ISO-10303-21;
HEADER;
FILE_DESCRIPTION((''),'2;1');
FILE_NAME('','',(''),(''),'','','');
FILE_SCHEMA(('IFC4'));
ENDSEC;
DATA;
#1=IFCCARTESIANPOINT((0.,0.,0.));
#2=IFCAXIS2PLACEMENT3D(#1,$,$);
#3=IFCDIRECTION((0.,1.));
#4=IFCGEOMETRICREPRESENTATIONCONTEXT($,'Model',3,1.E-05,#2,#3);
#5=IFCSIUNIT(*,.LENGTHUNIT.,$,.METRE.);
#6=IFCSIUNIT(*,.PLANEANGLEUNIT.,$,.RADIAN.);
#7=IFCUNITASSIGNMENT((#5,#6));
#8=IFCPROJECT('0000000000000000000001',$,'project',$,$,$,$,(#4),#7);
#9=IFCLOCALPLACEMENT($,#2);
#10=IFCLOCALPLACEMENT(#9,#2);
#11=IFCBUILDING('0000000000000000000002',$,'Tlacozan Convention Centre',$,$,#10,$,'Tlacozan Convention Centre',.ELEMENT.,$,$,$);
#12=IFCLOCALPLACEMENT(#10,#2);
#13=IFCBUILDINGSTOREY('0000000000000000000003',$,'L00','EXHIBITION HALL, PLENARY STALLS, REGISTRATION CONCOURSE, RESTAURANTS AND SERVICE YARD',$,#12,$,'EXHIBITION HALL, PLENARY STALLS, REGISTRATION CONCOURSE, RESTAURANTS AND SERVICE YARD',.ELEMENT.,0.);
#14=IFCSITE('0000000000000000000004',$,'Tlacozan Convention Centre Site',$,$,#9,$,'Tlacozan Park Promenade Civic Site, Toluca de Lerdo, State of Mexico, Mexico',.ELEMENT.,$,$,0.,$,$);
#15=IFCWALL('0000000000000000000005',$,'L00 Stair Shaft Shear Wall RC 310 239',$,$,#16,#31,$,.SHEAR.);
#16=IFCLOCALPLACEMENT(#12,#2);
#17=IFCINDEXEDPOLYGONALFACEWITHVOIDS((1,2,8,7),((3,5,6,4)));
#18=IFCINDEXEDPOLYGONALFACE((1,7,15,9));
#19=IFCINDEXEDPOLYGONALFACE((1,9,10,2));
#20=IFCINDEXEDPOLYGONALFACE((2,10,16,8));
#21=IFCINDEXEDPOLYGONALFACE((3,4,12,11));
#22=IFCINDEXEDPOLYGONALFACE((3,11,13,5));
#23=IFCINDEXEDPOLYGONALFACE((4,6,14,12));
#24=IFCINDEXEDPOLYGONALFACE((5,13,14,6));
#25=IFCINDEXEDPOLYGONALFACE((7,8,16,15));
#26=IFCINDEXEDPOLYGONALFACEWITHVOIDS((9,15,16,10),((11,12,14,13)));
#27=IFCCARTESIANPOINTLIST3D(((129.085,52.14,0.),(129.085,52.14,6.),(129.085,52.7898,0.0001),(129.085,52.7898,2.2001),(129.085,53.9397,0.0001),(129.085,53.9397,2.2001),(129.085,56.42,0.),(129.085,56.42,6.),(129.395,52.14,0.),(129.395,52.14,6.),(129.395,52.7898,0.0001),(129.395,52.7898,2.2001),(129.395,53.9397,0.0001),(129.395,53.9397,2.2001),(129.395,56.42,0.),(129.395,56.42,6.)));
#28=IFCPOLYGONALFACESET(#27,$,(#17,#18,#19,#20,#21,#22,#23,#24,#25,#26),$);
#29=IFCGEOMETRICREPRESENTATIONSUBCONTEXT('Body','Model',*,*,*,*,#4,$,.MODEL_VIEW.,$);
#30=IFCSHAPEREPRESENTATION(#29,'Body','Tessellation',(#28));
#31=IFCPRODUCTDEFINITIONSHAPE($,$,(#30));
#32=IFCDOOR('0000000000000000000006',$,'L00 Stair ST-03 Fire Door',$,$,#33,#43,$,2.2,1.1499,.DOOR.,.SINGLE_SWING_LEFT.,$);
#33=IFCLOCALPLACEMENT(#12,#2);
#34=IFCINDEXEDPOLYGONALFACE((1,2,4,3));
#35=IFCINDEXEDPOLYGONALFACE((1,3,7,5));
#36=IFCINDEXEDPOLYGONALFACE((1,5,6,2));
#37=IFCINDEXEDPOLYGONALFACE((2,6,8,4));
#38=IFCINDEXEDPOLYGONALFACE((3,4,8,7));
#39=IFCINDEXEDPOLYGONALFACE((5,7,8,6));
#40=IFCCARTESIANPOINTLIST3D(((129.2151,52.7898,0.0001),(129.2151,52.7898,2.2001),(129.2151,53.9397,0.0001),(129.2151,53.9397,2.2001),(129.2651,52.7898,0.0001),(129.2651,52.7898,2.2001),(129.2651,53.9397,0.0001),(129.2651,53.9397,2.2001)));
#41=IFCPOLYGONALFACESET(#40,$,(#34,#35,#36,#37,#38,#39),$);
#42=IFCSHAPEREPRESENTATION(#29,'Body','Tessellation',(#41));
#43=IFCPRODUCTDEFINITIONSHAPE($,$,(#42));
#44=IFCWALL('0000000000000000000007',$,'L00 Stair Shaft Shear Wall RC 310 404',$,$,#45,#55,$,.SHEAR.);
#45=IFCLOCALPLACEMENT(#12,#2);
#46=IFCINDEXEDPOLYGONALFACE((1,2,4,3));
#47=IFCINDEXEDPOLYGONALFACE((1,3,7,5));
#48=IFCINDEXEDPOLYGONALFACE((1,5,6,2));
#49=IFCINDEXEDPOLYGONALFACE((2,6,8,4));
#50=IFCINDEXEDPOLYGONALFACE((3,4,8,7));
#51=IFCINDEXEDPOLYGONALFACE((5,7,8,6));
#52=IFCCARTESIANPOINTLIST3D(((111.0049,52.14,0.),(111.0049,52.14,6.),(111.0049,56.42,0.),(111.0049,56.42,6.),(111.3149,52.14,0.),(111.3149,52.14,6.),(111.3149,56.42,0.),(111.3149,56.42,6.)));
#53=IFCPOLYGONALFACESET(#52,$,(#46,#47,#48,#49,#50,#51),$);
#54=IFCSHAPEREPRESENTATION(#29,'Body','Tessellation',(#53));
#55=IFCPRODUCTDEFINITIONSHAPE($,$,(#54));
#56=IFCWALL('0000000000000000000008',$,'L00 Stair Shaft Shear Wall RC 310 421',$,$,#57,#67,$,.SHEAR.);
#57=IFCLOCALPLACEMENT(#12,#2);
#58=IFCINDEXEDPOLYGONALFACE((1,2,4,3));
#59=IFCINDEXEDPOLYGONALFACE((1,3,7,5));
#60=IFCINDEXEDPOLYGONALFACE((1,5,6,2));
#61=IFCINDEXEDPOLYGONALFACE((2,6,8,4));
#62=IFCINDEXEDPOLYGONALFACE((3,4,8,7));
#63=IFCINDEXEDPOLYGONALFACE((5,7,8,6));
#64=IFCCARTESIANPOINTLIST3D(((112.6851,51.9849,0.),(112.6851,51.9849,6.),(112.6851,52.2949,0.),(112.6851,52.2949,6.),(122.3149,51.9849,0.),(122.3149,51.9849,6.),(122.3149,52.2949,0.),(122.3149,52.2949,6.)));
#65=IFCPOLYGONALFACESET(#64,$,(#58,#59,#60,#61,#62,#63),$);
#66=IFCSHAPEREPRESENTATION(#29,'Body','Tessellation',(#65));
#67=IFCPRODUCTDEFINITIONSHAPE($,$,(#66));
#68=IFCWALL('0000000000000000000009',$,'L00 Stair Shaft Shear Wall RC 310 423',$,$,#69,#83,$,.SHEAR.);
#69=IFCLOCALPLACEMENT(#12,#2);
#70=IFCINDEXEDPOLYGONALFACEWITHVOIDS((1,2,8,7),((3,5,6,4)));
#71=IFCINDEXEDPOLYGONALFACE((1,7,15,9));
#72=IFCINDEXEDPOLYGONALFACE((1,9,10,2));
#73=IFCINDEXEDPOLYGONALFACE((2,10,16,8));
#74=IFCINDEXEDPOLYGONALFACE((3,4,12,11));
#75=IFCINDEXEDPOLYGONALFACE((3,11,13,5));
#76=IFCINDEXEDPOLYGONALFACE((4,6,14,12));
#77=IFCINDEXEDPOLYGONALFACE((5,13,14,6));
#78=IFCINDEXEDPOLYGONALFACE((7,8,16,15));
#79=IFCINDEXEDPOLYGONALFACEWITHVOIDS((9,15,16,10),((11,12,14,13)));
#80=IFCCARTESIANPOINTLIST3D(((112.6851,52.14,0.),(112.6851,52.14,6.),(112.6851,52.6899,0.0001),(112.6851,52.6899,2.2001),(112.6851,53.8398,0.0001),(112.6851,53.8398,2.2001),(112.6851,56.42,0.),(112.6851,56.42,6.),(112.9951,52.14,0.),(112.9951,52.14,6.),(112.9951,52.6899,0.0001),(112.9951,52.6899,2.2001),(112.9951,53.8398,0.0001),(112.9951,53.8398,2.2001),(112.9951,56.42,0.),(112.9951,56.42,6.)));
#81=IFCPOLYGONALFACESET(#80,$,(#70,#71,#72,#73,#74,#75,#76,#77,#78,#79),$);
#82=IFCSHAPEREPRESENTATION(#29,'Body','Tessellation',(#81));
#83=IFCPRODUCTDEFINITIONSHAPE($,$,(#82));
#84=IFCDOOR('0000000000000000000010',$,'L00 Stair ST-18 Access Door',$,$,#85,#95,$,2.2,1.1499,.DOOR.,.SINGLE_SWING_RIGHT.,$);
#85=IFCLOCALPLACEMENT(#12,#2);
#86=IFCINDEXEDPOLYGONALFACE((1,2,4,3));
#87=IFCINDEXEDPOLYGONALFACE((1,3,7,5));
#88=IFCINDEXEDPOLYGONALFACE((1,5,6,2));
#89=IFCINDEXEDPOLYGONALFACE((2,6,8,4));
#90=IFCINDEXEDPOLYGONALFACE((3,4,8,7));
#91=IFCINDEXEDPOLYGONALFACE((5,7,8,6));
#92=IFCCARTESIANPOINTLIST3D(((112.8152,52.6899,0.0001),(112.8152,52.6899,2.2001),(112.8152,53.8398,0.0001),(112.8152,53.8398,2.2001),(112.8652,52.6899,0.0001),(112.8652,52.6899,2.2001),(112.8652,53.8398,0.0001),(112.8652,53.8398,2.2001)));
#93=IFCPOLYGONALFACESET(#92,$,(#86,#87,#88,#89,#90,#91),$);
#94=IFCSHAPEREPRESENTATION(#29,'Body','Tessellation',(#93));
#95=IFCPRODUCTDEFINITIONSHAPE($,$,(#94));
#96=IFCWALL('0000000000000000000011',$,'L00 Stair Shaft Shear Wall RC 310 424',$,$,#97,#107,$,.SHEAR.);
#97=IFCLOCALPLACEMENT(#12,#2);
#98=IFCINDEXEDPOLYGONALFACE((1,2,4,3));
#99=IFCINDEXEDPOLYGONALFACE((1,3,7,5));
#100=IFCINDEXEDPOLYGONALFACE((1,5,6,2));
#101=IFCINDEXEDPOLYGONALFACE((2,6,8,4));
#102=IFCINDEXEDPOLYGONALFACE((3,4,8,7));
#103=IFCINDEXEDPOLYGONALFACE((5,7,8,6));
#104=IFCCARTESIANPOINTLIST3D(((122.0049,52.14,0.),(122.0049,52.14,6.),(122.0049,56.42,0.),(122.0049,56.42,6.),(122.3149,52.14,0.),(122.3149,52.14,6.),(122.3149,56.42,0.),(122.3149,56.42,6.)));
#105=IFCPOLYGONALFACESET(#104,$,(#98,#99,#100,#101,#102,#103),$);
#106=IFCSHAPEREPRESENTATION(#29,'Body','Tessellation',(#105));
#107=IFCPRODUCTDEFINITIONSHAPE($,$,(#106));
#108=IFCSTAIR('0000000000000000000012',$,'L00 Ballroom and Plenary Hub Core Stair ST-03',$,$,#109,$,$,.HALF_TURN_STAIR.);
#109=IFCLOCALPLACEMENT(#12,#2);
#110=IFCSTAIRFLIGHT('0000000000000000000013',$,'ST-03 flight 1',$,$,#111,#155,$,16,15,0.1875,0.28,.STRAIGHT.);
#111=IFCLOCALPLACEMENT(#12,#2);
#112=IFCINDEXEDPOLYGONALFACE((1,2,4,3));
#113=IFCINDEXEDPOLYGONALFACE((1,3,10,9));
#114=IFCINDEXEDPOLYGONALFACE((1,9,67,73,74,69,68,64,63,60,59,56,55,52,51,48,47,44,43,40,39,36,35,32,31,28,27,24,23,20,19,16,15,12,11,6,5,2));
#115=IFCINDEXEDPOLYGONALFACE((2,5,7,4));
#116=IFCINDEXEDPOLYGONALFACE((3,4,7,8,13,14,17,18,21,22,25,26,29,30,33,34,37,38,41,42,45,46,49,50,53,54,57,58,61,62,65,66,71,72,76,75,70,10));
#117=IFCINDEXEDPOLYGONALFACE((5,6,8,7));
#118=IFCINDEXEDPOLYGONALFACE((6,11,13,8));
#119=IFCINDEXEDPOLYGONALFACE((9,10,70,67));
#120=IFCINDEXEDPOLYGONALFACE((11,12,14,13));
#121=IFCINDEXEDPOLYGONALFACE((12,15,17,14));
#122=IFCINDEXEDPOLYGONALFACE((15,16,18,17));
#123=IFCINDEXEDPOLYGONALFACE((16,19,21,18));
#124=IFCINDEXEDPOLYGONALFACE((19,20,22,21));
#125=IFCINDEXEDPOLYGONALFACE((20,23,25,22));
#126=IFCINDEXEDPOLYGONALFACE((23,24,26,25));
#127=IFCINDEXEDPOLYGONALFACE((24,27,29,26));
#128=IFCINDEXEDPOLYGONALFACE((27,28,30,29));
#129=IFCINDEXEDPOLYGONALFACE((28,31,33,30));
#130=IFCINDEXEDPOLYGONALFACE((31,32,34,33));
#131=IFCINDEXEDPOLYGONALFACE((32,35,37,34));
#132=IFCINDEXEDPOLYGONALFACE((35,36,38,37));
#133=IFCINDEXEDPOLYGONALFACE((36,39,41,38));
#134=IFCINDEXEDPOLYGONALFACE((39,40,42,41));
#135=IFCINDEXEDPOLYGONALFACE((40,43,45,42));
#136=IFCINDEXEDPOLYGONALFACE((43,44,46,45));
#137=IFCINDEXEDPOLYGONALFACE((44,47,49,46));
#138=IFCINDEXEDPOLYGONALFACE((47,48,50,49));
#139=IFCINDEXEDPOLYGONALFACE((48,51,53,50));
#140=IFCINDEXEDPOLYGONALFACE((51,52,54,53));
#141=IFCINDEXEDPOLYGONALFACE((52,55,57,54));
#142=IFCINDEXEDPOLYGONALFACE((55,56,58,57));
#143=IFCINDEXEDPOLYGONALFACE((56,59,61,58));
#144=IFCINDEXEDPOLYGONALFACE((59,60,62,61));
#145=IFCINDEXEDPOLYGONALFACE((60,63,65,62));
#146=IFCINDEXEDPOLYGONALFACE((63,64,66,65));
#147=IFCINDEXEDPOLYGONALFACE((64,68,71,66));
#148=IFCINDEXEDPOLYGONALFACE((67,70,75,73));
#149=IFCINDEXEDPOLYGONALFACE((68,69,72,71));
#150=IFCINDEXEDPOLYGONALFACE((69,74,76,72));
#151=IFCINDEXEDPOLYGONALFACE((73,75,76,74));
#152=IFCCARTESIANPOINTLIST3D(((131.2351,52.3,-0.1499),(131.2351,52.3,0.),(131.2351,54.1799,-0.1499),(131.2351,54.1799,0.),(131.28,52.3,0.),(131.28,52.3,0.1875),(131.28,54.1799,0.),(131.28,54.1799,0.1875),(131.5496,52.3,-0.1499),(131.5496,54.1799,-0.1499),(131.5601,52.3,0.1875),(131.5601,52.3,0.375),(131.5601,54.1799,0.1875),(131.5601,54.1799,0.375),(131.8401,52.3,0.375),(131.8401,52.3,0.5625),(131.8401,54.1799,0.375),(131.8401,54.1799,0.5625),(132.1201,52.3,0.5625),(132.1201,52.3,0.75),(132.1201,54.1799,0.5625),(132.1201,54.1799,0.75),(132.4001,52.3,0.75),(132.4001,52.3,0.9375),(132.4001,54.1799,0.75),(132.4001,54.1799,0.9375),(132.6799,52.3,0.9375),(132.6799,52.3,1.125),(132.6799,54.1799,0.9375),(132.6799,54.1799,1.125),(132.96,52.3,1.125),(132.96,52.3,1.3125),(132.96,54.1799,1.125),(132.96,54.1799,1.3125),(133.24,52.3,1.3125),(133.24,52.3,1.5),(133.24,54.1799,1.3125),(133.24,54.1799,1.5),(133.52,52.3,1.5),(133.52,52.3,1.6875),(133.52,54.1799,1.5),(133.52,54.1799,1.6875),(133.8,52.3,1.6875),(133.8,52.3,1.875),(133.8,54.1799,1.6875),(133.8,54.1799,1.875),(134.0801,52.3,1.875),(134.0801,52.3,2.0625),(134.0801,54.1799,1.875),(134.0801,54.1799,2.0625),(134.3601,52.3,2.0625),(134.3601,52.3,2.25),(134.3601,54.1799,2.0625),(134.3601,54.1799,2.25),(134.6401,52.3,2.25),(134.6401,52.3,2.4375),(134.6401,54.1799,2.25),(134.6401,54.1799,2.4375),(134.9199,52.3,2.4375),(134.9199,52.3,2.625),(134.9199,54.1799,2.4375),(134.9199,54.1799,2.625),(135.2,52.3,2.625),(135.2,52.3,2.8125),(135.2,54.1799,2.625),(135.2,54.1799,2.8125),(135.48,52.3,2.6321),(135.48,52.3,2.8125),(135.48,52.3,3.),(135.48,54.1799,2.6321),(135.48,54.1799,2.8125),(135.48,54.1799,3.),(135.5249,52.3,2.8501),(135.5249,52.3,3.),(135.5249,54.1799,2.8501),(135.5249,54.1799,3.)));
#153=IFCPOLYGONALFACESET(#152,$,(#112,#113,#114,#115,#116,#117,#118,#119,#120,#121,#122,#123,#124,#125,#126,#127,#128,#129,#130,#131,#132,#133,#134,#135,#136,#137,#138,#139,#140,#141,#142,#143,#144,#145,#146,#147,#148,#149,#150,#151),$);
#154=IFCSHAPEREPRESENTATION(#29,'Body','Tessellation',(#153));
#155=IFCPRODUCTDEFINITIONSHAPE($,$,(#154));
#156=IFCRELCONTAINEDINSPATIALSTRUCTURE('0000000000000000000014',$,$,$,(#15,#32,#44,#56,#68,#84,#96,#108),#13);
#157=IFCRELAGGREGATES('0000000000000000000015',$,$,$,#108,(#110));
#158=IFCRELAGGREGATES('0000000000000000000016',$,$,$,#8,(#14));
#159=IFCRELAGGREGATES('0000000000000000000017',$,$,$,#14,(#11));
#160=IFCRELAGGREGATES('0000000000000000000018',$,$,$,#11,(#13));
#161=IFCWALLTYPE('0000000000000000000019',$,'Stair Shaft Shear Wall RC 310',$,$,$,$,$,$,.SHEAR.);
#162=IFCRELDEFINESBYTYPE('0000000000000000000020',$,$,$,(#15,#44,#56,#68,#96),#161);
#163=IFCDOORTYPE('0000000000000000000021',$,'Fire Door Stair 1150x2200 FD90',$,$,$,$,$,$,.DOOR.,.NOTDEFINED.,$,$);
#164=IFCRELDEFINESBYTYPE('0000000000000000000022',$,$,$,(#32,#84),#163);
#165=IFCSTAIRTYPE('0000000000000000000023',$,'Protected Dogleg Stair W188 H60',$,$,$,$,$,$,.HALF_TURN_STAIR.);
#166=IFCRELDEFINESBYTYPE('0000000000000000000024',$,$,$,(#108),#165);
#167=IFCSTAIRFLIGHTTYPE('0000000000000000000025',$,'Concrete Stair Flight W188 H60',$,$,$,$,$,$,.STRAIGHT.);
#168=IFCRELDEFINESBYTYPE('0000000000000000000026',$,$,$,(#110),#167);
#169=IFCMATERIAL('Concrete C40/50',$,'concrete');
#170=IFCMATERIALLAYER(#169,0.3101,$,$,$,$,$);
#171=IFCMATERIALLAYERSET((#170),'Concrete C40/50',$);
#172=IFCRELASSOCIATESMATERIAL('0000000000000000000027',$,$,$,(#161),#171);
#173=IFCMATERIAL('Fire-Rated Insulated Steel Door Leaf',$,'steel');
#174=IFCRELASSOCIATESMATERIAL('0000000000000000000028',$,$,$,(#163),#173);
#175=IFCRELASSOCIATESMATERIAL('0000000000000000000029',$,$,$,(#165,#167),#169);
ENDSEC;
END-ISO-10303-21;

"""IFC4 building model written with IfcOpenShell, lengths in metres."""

from ifc_helpers import new_model, si_unit, direction, frame, frame_2d, origin, place, context, subcontext, project, spatial, polyline, rectangle, outline, extrude, material, layer, layer_set, type_object, element, fill, aggregate, save


model = new_model("IFC4")

# Units and contexts
model_context = context("Model", 3, precision=1e-05, world=origin(), true_north=direction((0.0, 1.0)))
body_context = subcontext(model_context, "Body", "Model", "MODEL_VIEW")
ifc_project = project(units=[si_unit("LENGTHUNIT", "METRE"), si_unit("PLANEANGLEUNIT", "RADIAN")], contexts=[model_context])

# Site, building, storey
site_placement = place(None, origin())
site = spatial("IfcSite", under=ifc_project, at=site_placement, Name="Tlacozan Convention Centre Site", LongName="Tlacozan Park Promenade Civic Site, Toluca de Lerdo, State of Mexico, Mexico", CompositionType="ELEMENT", RefElevation=0.0)
building_placement = place(site_placement, origin())
building = spatial("IfcBuilding", under=site, at=building_placement, Name="Tlacozan Convention Centre", LongName="Tlacozan Convention Centre", CompositionType="ELEMENT")
storey_placement = place(building_placement, origin())
storey = spatial("IfcBuildingStorey", under=building, at=storey_placement, Name="L00", Description="EXHIBITION HALL, PLENARY STALLS, REGISTRATION CONCOURSE, RESTAURANTS AND SERVICE YARD", LongName="EXHIBITION HALL, PLENARY STALLS, REGISTRATION CONCOURSE, RESTAURANTS AND SERVICE YARD", CompositionType="ELEMENT", Elevation=0.0)

# Shared definitions
ifc_material_1 = material(Name="Concrete C40/50", Category="concrete")
ifc_layer = layer(ifc_material_1, 0.3101)
ifc_layer_set = layer_set([ifc_layer], Name="Concrete C40/50")
wall_type = type_object("IfcWallType", Name="Stair Shaft Shear Wall RC 310", PredefinedType="SHEAR", material=ifc_layer_set)

# Wall, opening, door
wall_1_placement = place(storey_placement, frame((129.24, 52.1399, 0.0), z_axis=(0.0, 0.0, 1.0), x_axis=(0.0, 1.0, 0.0)))
wall_1 = element("IfcWall", 1, at=wall_1_placement, inside=storey, type_object=wall_type, Name="L00 Stair Shaft Shear Wall RC 310 239", PredefinedType="SHEAR", context=body_context, shape_type="SweptSolid", body=[
    extrude(rectangle(XDim=4.28, YDim=0.3101, at=frame_2d((2.1401, 0.0))), origin(), (0.0, 0.0, 1.0), 6.0),
])
opening_1_placement = place(wall_1_placement, frame((0.6499, 0.0, 0.0)))
opening_1 = element("IfcOpeningElement", 2, at=opening_1_placement, cuts=wall_1, PredefinedType="OPENING", context=body_context, shape_type="SweptSolid", body=[
    extrude(rectangle(XDim=1.1499, YDim=2.2, at=frame_2d((0.575, 1.1001))), frame((0.0, 0.165, 0.0), z_axis=(0.0, -1.0, 0.0), x_axis=(1.0, 0.0, 0.0)), (0.0, 0.0, 1.0), 0.3301),
])
ifc_material_2 = material(Name="Fire-Rated Insulated Steel Door Leaf", Category="steel")
door_type = type_object("IfcDoorType", Name="Fire Door Stair 1150x2200 FD90", OperationType="NOTDEFINED", PredefinedType="DOOR", material=ifc_material_2)
door_1_placement = place(opening_1_placement, origin())
door_1 = element("IfcDoor", 3, at=door_1_placement, inside=storey, type_object=door_type, Name="L00 Stair ST-03 Fire Door", OperationType="SINGLE_SWING_LEFT", OverallHeight=2.2, OverallWidth=1.1499, PredefinedType="DOOR", context=body_context, shape_type="SweptSolid", body=[
    extrude(rectangle(XDim=1.1499, YDim=2.2, at=frame_2d((0.575, 1.1001))), frame((0.0, 0.0249, 0.0), z_axis=(0.0, -1.0, 0.0), x_axis=(1.0, 0.0, 0.0)), (0.0, 0.0, 1.0), 0.05),
])
fill(opening_1, door_1)

# Walls
wall_2_placement = place(storey_placement, frame((111.1599, 52.1399, 0.0), z_axis=(0.0, 0.0, 1.0), x_axis=(0.0, 1.0, 0.0)))
element("IfcWall", 4, at=wall_2_placement, inside=storey, type_object=wall_type, Name="L00 Stair Shaft Shear Wall RC 310 404", PredefinedType="SHEAR", context=body_context, shape_type="SweptSolid", body=[
    extrude(rectangle(XDim=4.28, YDim=0.3101, at=frame_2d((2.1401, 0.0))), origin(), (0.0, 0.0, 1.0), 6.0),
])
wall_3_placement = place(storey_placement, frame((112.6851, 52.1399, 0.0), z_axis=(0.0, 0.0, 1.0), x_axis=(1.0, 0.0, 0.0)))
element("IfcWall", 5, at=wall_3_placement, inside=storey, type_object=wall_type, Name="L00 Stair Shaft Shear Wall RC 310 421", PredefinedType="SHEAR", context=body_context, shape_type="SweptSolid", body=[
    extrude(rectangle(XDim=9.6299, YDim=0.3101, at=frame_2d((4.8149, 0.0))), origin(), (0.0, 0.0, 1.0), 6.0),
])

# Wall, opening, door
wall_4_placement = place(storey_placement, frame((112.8401, 52.1399, 0.0), z_axis=(0.0, 0.0, 1.0), x_axis=(0.0, 1.0, 0.0)))
wall_4 = element("IfcWall", 6, at=wall_4_placement, inside=storey, type_object=wall_type, Name="L00 Stair Shaft Shear Wall RC 310 423", PredefinedType="SHEAR", context=body_context, shape_type="SweptSolid", body=[
    extrude(rectangle(XDim=4.28, YDim=0.3101, at=frame_2d((2.1401, 0.0))), origin(), (0.0, 0.0, 1.0), 6.0),
])
opening_2_placement = place(wall_4_placement, frame((0.55, 0.0, 0.0)))
opening_2 = element("IfcOpeningElement", 7, at=opening_2_placement, cuts=wall_4, PredefinedType="OPENING", context=body_context, shape_type="SweptSolid", body=[
    extrude(rectangle(XDim=1.1499, YDim=2.2, at=frame_2d((0.575, 1.1001))), frame((0.0, 0.165, 0.0), z_axis=(0.0, -1.0, 0.0), x_axis=(1.0, 0.0, 0.0)), (0.0, 0.0, 1.0), 0.3301),
])
door_2_placement = place(opening_2_placement, origin())
door_2 = element("IfcDoor", 8, at=door_2_placement, inside=storey, type_object=door_type, Name="L00 Stair ST-18 Access Door", OperationType="SINGLE_SWING_RIGHT", OverallHeight=2.2, OverallWidth=1.1499, PredefinedType="DOOR", context=body_context, shape_type="SweptSolid", body=[
    extrude(rectangle(XDim=1.1499, YDim=2.2, at=frame_2d((0.575, 1.1001))), frame((0.0, 0.0249, 0.0), z_axis=(0.0, -1.0, 0.0), x_axis=(1.0, 0.0, 0.0)), (0.0, 0.0, 1.0), 0.05),
])
fill(opening_2, door_2)

# Wall
wall_5_placement = place(storey_placement, frame((122.1599, 52.1399, 0.0), z_axis=(0.0, 0.0, 1.0), x_axis=(0.0, 1.0, 0.0)))
element("IfcWall", 9, at=wall_5_placement, inside=storey, type_object=wall_type, Name="L00 Stair Shaft Shear Wall RC 310 424", PredefinedType="SHEAR", context=body_context, shape_type="SweptSolid", body=[
    extrude(rectangle(XDim=4.28, YDim=0.3101, at=frame_2d((2.1401, 0.0))), origin(), (0.0, 0.0, 1.0), 6.0),
])

# Stair, stair flight
stair_type = type_object("IfcStairType", Name="Protected Dogleg Stair W188 H60", PredefinedType="HALF_TURN_STAIR", material=ifc_material_1)
stair_1_placement = place(storey_placement, origin())
stair_1 = element("IfcStair", 10, at=stair_1_placement, inside=storey, type_object=stair_type, Name="L00 Ballroom and Plenary Hub Core Stair ST-03", PredefinedType="HALF_TURN_STAIR")
stair_flight_type = type_object("IfcStairFlightType", Name="Concrete Stair Flight W188 H60", PredefinedType="STRAIGHT", material=ifc_material_1)
stair_flight_1_placement = place(storey_placement, frame((131.28, 53.24, 0.0), z_axis=(0.0, 0.0, 1.0), x_axis=(1.0, 0.0, 0.0)))
stair_flight_1 = element("IfcStairFlight", 11, at=stair_flight_1_placement, type_object=stair_flight_type, Name="ST-03 flight 1", NumberOfRisers=16, NumberOfTreads=15, PredefinedType="STRAIGHT", RiserHeight=0.1875, TreadLength=0.28, context=body_context, shape_type="SweptSolid", body=[
    extrude(outline(polyline([(-0.0449, -0.1499), (-0.0449, 0.0), (0.0, 0.0), (0.0, 0.1875), (0.28, 0.1875), (0.28, 0.375), (0.5601, 0.375), (0.5601, 0.5625), (0.8401, 0.5625), (0.8401, 0.75), (1.1201, 0.75), (1.1201, 0.9375), (1.3999, 0.9375), (1.3999, 1.125), (1.6799, 1.125), (1.6799, 1.3125), (1.96, 1.3125), (1.96, 1.5), (2.24, 1.5), (2.24, 1.6875), (2.52, 1.6875), (2.52, 1.875), (2.8, 1.875), (2.8, 2.0625), (3.0801, 2.0625), (3.0801, 2.25), (3.3601, 2.25), (3.3601, 2.4375), (3.6399, 2.4375), (3.6399, 2.625), (3.9199, 2.625), (3.9199, 2.8125), (4.2, 2.8125), (4.2, 3.0), (4.2449, 3.0), (4.2449, 2.8501), (4.2, 2.6321), (0.2695, -0.1499), (-0.0449, -0.1499)])), frame((0.0, 0.9399, 0.0), z_axis=(0.0, -1.0, 0.0), x_axis=(1.0, 0.0, 0.0)), (0.0, 0.0, 1.0), 1.8799),
])
aggregate(stair_1, [stair_flight_1])

save(model, "model.ifc")
